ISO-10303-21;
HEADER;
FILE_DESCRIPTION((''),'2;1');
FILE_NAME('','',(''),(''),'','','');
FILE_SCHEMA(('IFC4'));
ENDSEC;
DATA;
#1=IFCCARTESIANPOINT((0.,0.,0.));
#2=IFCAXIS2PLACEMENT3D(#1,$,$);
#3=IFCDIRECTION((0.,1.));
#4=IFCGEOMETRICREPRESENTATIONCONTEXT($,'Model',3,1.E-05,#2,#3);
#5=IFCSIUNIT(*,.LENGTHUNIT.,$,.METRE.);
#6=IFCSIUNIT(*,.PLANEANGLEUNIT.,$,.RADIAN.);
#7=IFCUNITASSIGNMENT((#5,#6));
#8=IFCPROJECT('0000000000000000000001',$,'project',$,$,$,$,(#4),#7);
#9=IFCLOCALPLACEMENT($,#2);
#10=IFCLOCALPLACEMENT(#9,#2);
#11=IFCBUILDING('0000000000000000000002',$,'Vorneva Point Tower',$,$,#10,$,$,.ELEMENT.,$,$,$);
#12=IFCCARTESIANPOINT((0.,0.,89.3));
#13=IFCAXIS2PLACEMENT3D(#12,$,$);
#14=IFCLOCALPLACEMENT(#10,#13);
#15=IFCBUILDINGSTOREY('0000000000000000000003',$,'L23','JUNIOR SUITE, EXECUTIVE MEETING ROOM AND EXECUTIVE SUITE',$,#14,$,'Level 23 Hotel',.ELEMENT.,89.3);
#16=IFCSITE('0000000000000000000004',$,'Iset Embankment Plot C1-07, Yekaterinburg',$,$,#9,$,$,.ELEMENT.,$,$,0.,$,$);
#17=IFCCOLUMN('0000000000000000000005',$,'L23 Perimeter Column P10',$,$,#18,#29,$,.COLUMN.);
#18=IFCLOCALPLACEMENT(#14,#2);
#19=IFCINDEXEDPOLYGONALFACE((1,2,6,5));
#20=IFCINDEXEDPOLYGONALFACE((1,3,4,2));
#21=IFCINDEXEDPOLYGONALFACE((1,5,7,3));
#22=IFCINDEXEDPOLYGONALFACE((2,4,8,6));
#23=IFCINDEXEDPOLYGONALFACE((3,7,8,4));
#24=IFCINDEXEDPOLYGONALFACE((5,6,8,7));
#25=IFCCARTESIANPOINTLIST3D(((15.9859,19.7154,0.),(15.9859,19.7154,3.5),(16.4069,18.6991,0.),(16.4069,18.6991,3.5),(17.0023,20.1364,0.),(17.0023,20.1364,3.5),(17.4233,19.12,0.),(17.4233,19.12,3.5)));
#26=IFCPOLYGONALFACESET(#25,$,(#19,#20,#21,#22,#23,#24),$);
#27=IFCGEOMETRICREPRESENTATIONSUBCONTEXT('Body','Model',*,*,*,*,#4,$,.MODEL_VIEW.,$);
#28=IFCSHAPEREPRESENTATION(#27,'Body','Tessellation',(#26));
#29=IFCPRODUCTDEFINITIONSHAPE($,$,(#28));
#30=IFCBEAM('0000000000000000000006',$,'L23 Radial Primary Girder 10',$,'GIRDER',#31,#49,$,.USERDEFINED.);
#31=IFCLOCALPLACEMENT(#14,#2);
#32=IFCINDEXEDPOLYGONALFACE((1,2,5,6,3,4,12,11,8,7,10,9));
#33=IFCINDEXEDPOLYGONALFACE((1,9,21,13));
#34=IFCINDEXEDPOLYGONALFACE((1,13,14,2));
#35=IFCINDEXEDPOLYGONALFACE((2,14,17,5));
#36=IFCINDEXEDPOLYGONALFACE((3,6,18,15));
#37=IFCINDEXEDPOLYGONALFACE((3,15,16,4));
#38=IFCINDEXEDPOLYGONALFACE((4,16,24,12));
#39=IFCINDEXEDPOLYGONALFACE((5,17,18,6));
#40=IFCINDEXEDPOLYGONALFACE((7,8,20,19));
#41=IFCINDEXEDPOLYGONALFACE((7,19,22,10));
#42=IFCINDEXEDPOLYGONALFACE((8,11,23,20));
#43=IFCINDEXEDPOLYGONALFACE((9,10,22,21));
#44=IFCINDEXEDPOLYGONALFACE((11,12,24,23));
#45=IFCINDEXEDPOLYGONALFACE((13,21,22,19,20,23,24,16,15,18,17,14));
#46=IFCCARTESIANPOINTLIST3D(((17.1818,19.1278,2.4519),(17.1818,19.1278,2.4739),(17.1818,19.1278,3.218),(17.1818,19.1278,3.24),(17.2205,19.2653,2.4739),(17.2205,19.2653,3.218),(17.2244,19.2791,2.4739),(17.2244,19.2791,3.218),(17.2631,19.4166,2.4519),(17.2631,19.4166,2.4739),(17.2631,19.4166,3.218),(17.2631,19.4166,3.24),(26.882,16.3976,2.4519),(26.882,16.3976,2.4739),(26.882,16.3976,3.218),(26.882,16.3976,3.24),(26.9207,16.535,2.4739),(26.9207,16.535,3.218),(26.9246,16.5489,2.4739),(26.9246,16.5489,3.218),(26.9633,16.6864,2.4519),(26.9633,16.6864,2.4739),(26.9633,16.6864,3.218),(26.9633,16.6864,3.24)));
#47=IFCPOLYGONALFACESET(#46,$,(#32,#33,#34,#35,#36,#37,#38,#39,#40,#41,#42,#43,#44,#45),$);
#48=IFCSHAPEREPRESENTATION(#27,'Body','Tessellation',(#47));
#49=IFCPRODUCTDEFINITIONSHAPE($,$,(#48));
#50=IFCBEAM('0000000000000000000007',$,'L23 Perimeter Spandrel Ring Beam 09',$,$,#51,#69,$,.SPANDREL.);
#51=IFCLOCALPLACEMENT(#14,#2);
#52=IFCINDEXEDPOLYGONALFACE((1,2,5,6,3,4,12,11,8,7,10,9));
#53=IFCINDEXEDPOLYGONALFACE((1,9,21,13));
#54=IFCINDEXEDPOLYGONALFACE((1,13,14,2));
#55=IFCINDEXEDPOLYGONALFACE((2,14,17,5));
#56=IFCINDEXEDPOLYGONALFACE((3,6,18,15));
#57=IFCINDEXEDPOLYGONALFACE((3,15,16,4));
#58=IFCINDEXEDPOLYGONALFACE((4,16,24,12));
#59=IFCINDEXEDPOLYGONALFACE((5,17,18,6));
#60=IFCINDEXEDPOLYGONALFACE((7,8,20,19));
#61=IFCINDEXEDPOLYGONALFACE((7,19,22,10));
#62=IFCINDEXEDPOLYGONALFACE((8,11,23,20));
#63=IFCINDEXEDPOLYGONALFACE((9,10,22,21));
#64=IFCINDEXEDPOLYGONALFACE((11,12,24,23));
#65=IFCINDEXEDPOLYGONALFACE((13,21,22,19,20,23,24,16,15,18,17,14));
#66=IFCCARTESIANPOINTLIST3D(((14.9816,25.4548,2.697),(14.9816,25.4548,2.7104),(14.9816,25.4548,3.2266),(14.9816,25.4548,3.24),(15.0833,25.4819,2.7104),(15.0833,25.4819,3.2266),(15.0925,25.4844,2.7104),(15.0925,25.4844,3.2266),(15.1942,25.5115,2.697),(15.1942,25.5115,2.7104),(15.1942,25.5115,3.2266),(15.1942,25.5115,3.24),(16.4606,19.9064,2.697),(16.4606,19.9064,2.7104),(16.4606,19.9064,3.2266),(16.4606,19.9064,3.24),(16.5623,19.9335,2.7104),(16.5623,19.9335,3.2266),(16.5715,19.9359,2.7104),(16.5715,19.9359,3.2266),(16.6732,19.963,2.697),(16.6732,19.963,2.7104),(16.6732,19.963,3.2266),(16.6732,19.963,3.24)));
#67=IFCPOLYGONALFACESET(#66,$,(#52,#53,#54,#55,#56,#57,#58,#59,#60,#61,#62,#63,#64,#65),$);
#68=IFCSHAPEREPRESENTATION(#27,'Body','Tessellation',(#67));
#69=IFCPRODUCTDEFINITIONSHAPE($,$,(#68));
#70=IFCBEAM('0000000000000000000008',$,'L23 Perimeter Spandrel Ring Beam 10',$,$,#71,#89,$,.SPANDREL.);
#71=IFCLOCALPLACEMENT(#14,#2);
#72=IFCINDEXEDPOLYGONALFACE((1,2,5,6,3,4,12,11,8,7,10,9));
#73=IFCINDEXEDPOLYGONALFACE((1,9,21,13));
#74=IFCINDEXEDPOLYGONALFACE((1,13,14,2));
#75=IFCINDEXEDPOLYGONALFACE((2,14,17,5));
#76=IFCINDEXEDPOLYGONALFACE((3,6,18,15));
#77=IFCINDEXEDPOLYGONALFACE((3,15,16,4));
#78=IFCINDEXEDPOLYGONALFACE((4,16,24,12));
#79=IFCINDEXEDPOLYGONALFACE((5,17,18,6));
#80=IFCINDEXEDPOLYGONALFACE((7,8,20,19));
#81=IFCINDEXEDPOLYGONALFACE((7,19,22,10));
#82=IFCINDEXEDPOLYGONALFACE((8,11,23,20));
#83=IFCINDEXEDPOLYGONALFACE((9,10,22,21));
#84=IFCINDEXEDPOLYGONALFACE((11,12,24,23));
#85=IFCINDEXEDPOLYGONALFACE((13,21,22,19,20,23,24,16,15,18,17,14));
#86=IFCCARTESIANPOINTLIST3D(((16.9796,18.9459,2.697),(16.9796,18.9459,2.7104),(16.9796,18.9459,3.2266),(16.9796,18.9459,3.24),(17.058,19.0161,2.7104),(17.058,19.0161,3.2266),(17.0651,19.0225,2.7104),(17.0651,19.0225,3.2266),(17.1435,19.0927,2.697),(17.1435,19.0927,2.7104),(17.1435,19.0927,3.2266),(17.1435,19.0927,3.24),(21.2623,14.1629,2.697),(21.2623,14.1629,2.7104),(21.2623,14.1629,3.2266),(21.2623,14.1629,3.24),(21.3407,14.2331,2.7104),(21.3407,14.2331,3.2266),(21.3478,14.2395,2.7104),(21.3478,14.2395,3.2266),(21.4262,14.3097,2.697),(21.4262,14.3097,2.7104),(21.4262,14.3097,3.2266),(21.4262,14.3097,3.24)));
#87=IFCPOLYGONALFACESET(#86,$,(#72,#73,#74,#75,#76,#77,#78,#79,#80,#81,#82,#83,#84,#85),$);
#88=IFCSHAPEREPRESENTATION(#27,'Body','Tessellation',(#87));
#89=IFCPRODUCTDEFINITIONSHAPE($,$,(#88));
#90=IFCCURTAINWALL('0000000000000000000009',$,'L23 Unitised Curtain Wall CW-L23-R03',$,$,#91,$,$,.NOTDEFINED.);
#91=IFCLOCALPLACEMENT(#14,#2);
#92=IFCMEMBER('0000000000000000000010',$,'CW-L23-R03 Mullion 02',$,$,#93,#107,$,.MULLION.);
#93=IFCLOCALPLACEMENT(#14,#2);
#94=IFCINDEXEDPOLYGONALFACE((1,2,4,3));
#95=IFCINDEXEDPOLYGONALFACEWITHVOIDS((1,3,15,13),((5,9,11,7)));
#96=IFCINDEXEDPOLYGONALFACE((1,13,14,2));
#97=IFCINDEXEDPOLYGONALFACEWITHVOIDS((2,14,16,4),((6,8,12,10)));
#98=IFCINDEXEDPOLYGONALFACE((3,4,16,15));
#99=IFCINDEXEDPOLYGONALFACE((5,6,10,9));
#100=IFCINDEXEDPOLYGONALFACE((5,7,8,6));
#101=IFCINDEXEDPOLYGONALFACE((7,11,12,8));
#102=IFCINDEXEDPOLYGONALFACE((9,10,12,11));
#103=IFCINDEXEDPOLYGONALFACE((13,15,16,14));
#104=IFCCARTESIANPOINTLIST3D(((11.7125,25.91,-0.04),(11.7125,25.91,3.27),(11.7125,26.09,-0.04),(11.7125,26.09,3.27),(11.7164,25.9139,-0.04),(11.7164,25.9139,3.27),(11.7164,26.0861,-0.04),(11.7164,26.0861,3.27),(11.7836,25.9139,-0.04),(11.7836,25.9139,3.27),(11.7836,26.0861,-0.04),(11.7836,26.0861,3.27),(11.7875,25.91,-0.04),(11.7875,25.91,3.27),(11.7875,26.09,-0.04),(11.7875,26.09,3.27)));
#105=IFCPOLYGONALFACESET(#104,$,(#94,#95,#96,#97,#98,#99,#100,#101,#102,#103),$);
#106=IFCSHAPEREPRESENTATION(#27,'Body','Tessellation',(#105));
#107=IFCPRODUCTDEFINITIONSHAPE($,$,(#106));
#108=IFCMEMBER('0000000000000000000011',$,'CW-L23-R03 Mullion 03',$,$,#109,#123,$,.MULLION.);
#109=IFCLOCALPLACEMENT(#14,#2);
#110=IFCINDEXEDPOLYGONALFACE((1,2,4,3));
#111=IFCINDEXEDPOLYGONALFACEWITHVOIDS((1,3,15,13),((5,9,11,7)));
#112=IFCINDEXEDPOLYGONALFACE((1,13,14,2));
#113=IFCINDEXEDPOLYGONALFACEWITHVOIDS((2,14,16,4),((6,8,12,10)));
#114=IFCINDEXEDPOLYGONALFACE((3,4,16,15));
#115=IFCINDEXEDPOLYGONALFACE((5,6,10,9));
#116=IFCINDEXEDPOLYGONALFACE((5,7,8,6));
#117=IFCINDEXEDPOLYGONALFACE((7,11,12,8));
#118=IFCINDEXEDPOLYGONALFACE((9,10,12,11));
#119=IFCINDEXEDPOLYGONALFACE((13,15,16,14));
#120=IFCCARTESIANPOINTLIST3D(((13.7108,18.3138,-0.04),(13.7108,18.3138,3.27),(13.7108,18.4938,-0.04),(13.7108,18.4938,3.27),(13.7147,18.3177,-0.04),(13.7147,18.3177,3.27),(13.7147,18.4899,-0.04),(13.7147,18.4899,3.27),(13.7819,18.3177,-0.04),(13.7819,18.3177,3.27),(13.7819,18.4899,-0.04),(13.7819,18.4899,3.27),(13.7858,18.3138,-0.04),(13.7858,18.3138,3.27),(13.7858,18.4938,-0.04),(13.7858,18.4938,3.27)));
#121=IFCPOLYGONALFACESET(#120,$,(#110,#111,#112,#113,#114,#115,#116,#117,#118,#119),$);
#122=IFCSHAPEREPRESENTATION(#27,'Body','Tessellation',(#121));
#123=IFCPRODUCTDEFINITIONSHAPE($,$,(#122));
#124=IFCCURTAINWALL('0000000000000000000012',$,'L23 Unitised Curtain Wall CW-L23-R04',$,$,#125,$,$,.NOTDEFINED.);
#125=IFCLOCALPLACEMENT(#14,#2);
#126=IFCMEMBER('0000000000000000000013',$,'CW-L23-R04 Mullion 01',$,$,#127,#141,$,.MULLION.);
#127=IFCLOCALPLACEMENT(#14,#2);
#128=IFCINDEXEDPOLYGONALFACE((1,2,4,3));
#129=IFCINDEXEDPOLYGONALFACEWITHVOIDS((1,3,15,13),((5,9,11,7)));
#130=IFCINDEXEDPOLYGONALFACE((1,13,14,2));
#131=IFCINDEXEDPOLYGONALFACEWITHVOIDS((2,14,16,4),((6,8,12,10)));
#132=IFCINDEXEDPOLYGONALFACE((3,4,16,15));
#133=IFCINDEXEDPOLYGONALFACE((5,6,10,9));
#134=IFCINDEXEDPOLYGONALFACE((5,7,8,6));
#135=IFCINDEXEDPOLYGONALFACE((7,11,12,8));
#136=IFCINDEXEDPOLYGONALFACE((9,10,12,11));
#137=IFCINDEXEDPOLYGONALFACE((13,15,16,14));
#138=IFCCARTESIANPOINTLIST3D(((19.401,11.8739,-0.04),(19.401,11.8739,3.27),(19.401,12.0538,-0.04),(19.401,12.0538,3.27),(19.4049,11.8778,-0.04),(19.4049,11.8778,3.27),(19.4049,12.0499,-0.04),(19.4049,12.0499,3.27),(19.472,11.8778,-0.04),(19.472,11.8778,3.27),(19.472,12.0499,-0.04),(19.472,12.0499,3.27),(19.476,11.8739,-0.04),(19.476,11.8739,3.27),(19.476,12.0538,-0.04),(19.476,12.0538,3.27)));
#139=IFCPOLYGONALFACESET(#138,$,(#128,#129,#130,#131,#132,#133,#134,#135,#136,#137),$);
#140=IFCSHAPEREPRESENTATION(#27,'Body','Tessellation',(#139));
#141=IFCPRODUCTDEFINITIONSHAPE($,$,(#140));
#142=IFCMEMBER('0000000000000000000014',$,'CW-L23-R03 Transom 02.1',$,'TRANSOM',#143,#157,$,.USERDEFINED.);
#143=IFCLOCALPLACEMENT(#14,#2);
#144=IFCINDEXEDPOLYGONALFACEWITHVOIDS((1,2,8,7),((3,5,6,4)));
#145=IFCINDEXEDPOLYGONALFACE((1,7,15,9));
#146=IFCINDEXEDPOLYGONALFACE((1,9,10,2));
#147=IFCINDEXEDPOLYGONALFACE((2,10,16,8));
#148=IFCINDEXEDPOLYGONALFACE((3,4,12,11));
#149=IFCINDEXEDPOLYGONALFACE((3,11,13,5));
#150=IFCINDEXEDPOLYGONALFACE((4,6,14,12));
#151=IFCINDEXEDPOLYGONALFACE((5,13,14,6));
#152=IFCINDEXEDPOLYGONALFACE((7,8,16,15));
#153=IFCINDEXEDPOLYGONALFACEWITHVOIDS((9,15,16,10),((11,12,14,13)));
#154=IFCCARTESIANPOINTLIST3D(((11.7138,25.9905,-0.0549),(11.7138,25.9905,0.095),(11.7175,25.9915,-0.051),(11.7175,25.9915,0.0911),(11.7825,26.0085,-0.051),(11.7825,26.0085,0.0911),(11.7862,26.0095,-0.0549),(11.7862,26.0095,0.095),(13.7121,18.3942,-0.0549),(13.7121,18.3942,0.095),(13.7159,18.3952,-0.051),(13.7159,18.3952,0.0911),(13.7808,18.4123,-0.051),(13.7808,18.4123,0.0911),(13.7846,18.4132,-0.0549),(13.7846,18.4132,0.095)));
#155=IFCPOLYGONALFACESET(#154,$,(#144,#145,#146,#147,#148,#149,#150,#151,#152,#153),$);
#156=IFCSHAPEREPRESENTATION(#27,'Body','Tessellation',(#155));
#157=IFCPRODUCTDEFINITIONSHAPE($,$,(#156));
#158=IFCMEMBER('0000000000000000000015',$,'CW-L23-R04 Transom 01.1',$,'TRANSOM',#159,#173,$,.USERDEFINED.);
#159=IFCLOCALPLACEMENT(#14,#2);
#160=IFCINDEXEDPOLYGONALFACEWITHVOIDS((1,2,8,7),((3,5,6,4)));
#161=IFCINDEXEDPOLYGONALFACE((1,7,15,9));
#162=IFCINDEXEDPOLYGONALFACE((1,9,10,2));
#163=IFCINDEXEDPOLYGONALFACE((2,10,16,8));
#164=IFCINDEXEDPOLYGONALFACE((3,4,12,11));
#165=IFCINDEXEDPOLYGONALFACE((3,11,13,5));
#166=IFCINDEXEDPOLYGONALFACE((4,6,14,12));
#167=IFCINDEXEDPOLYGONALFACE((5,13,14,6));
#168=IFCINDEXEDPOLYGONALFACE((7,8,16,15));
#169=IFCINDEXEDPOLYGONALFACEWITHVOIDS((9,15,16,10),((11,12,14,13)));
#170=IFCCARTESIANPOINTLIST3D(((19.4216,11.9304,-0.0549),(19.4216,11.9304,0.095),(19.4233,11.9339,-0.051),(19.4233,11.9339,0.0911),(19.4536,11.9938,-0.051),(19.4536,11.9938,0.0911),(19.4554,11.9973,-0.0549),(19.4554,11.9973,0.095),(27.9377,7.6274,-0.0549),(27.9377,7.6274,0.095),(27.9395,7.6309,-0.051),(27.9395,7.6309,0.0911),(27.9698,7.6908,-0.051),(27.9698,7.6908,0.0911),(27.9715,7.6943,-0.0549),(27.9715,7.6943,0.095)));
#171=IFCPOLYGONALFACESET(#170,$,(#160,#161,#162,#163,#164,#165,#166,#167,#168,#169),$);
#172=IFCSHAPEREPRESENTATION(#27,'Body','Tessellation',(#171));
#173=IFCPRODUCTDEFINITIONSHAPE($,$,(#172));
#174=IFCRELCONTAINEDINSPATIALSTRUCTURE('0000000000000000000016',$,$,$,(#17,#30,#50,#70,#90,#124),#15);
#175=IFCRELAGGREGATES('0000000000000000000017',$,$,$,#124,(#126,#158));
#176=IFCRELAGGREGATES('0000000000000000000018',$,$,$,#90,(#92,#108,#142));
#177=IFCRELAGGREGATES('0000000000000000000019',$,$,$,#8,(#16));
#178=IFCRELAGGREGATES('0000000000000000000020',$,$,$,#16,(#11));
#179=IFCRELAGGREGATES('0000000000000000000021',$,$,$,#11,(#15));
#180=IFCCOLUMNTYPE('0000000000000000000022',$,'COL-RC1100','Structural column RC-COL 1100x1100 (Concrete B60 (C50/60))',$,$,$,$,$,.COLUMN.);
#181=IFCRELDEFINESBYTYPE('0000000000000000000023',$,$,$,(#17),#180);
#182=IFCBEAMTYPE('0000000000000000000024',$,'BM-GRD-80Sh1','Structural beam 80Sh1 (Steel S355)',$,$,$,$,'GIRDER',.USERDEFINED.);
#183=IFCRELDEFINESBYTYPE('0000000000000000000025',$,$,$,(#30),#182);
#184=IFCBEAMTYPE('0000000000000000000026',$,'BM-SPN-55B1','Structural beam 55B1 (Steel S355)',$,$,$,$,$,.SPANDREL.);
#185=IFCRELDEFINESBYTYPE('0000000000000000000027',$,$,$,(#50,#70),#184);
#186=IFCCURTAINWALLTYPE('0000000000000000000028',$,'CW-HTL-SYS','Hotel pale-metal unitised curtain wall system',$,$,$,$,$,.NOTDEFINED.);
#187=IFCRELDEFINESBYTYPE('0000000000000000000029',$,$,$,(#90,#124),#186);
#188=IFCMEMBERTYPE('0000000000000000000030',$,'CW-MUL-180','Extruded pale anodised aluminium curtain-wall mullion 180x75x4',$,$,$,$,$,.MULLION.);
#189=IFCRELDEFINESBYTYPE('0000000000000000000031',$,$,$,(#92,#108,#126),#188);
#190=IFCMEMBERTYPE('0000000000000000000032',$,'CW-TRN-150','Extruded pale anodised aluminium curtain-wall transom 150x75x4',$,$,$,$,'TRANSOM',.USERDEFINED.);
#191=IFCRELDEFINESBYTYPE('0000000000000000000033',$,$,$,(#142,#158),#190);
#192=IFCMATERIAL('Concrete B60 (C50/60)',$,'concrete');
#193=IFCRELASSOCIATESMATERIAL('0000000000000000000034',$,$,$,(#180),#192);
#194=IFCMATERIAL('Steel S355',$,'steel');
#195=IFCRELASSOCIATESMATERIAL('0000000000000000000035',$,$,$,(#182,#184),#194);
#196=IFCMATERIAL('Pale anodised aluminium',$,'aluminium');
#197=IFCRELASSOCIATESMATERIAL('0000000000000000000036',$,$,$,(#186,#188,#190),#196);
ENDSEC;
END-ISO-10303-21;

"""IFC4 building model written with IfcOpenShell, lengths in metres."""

from ifc_helpers import new_model, si_unit, direction, frame, origin, origin_2d, place, context, subcontext, project, spatial, rectangle, hollow_rectangle, i_section, extrude, material, material_profile, profile_set, type_object, element, aggregate, save


model = new_model("IFC4")

# Units and contexts
model_context = context("Model", 3, precision=1e-05, world=origin(), true_north=direction((0.0, 1.0)))
body_context = subcontext(model_context, "Body", "Model", "MODEL_VIEW")
ifc_project = project(units=[si_unit("LENGTHUNIT", "METRE"), si_unit("PLANEANGLEUNIT", "RADIAN")], contexts=[model_context])

# Site, building, storey
site_placement = place(None, origin())
site = spatial("IfcSite", under=ifc_project, at=site_placement, Name="Iset Embankment Plot C1-07, Yekaterinburg", CompositionType="ELEMENT", RefElevation=0.0)
building_placement = place(site_placement, origin())
building = spatial("IfcBuilding", under=site, at=building_placement, Name="Vorneva Point Tower", CompositionType="ELEMENT")
storey_placement = place(building_placement, frame((0.0, 0.0, 89.3)))
storey = spatial("IfcBuildingStorey", under=building, at=storey_placement, Name="L23", Description="JUNIOR SUITE, EXECUTIVE MEETING ROOM AND EXECUTIVE SUITE", LongName="Level 23 Hotel", CompositionType="ELEMENT", Elevation=89.3)

# Column
ifc_material_1 = material(Name="Concrete B60 (C50/60)", Category="concrete")
ifc_material_profile_1 = material_profile(ifc_material_1, rectangle(XDim=1.1001, YDim=1.1001, at=origin_2d()), Name="RC-COL 1100x1100")
ifc_profile_set_1 = profile_set([ifc_material_profile_1], Name="Concrete B60 (C50/60)")
column_type = type_object("IfcColumnType", Name="COL-RC1100", Description="Structural column RC-COL 1100x1100 (Concrete B60 (C50/60))", PredefinedType="COLUMN", material=ifc_profile_set_1)
column_placement = place(storey_placement, frame((16.7046, 19.4177, 0.0), z_axis=(0.0, 0.0, 1.0), x_axis=(-0.92388, -0.382683, 0.0)))
element("IfcColumn", 1, at=column_placement, inside=storey, type_object=column_type, Name="L23 Perimeter Column P10", PredefinedType="COLUMN", context=body_context, shape_type="SweptSolid", body=[
    extrude(rectangle(XDim=1.1001, YDim=1.1001, at=origin_2d()), origin(), (0.0, 0.0, 1.0), 3.5),
])

# Beams
ifc_material_2 = material(Name="Steel S355", Category="steel")
ifc_material_profile_2 = material_profile(ifc_material_2, i_section(OverallWidth=0.3, OverallDepth=0.7881, WebThickness=0.0144, FlangeThickness=0.022, at=origin_2d()), Name="80Sh1")
ifc_profile_set_2 = profile_set([ifc_material_profile_2], Name="Steel S355")
beam_type_1 = type_object("IfcBeamType", Name="BM-GRD-80Sh1", Description="Structural beam 80Sh1 (Steel S355)", ElementType="GIRDER", PredefinedType="USERDEFINED", material=ifc_profile_set_2)
beam_1_placement = place(storey_placement, frame((17.2224, 19.2722, 2.8459), z_axis=(0.962598, -0.270934, 0.0), x_axis=(0.270934, 0.962598, 0.0)))
element("IfcBeam", 2, at=beam_1_placement, inside=storey, type_object=beam_type_1, Name="L23 Radial Primary Girder 10", ObjectType="GIRDER", PredefinedType="USERDEFINED", context=body_context, shape_type="SweptSolid", body=[
    extrude(i_section(OverallWidth=0.3, OverallDepth=0.7881, WebThickness=0.0144, FlangeThickness=0.022, at=origin_2d()), origin(), (0.0, 0.0, 1.0), 10.0771),
])
ifc_material_profile_3 = material_profile(ifc_material_2, i_section(OverallWidth=0.22, OverallDepth=0.543, WebThickness=0.0095, FlangeThickness=0.0134, at=origin_2d()), Name="55B1")
ifc_profile_set_3 = profile_set([ifc_material_profile_3], Name="Steel S355")
beam_type_2 = type_object("IfcBeamType", Name="BM-SPN-55B1", Description="Structural beam 55B1 (Steel S355)", PredefinedType="SPANDREL", material=ifc_profile_set_3)
beam_2_placement = place(storey_placement, frame((15.0879, 25.4832, 2.9685), z_axis=(0.257573, -0.966259, 0.0), x_axis=(0.966259, 0.257573, 0.0)))
element("IfcBeam", 3, at=beam_2_placement, inside=storey, type_object=beam_type_2, Name="L23 Perimeter Spandrel Ring Beam 09", PredefinedType="SPANDREL", context=body_context, shape_type="SweptSolid", body=[
    extrude(i_section(OverallWidth=0.22, OverallDepth=0.543, WebThickness=0.0095, FlangeThickness=0.0134, at=origin_2d()), origin(), (0.0, 0.0, 1.0), 5.7422),
])
beam_3_placement = place(storey_placement, frame((17.0615, 19.0193, 2.9685), z_axis=(0.667074, -0.744992, 0.0), x_axis=(0.744992, 0.667074, 0.0)))
element("IfcBeam", 4, at=beam_3_placement, inside=storey, type_object=beam_type_2, Name="L23 Perimeter Spandrel Ring Beam 10", PredefinedType="SPANDREL", context=body_context, shape_type="SweptSolid", body=[
    extrude(i_section(OverallWidth=0.22, OverallDepth=0.543, WebThickness=0.0095, FlangeThickness=0.0134, at=origin_2d()), origin(), (0.0, 0.0, 1.0), 6.4202),
])

# Curtain wall, members
ifc_material_3 = material(Name="Pale anodised aluminium", Category="aluminium")
curtain_wall_type = type_object("IfcCurtainWallType", Name="CW-HTL-SYS", Description="Hotel pale-metal unitised curtain wall system", PredefinedType="NOTDEFINED", material=ifc_material_3)
curtain_wall_1_placement = place(storey_placement, origin())
curtain_wall_1 = element("IfcCurtainWall", 5, at=curtain_wall_1_placement, inside=storey, type_object=curtain_wall_type, Name="L23 Unitised Curtain Wall CW-L23-R03", PredefinedType="NOTDEFINED")
ifc_material_profile_4 = material_profile(ifc_material_3, hollow_rectangle(XDim=0.075, YDim=0.1799, WallThickness=0.0039, at=origin_2d()), Name="AL-MUL 180x75x4")
ifc_profile_set_4 = profile_set([ifc_material_profile_4], Name="Pale anodised aluminium")
member_type_1 = type_object("IfcMemberType", Name="CW-MUL-180", Description="Extruded pale anodised aluminium curtain-wall mullion 180x75x4", PredefinedType="MULLION", material=ifc_profile_set_4)
member_1_placement = place(storey_placement, frame((11.75, 26.0, -0.04), z_axis=(0.0, 0.0, 1.0), x_axis=(1.0, 0.0, 0.0)))
member_1 = element("IfcMember", 6, at=member_1_placement, type_object=member_type_1, Name="CW-L23-R03 Mullion 02", PredefinedType="MULLION", context=body_context, shape_type="SweptSolid", body=[
    extrude(hollow_rectangle(XDim=0.075, YDim=0.1799, WallThickness=0.0039, at=origin_2d()), origin(), (0.0, 0.0, 1.0), 3.3101),
])
member_2_placement = place(storey_placement, frame((13.7483, 18.4038, -0.04), z_axis=(0.0, 0.0, 1.0), x_axis=(1.0, 0.0, 0.0)))
member_2 = element("IfcMember", 7, at=member_2_placement, type_object=member_type_1, Name="CW-L23-R03 Mullion 03", PredefinedType="MULLION", context=body_context, shape_type="SweptSolid", body=[
    extrude(hollow_rectangle(XDim=0.075, YDim=0.1799, WallThickness=0.0039, at=origin_2d()), origin(), (0.0, 0.0, 1.0), 3.3101),
])

# Curtain wall, member
curtain_wall_2_placement = place(storey_placement, origin())
curtain_wall_2 = element("IfcCurtainWall", 8, at=curtain_wall_2_placement, inside=storey, type_object=curtain_wall_type, Name="L23 Unitised Curtain Wall CW-L23-R04", PredefinedType="NOTDEFINED")
member_3_placement = place(storey_placement, frame((19.4385, 11.9639, -0.04), z_axis=(0.0, 0.0, 1.0), x_axis=(1.0, 0.0, 0.0)))
member_3 = element("IfcMember", 9, at=member_3_placement, type_object=member_type_1, Name="CW-L23-R04 Mullion 01", PredefinedType="MULLION", context=body_context, shape_type="SweptSolid", body=[
    extrude(hollow_rectangle(XDim=0.075, YDim=0.1799, WallThickness=0.0039, at=origin_2d()), origin(), (0.0, 0.0, 1.0), 3.3101),
])

# Members
ifc_material_profile_5 = material_profile(ifc_material_3, hollow_rectangle(XDim=0.075, YDim=0.1499, WallThickness=0.0039, at=origin_2d()), Name="AL-TRN 150x75x4")
ifc_profile_set_5 = profile_set([ifc_material_profile_5], Name="Pale anodised aluminium")
member_type_2 = type_object("IfcMemberType", Name="CW-TRN-150", Description="Extruded pale anodised aluminium curtain-wall transom 150x75x4", ElementType="TRANSOM", PredefinedType="USERDEFINED", material=ifc_profile_set_5)
member_4_placement = place(storey_placement, frame((11.75, 26.0, 0.02), z_axis=(0.254409, -0.967097, 0.0), x_axis=(0.967097, 0.254409, 0.0)))
member_4 = element("IfcMember", 10, at=member_4_placement, type_object=member_type_2, Name="CW-L23-R03 Transom 02.1", ObjectType="TRANSOM", PredefinedType="USERDEFINED", context=body_context, shape_type="SweptSolid", body=[
    extrude(hollow_rectangle(XDim=0.075, YDim=0.1499, WallThickness=0.0039, at=origin_2d()), origin(), (0.0, 0.0, 1.0), 7.8547),
])
member_5_placement = place(storey_placement, frame((19.4385, 11.9639, 0.02), z_axis=(0.892536, -0.450976, 0.0), x_axis=(0.450976, 0.892536, 0.0)))
member_5 = element("IfcMember", 11, at=member_5_placement, type_object=member_type_2, Name="CW-L23-R04 Transom 01.1", ObjectType="TRANSOM", PredefinedType="USERDEFINED", context=body_context, shape_type="SweptSolid", body=[
    extrude(hollow_rectangle(XDim=0.075, YDim=0.1499, WallThickness=0.0039, at=origin_2d()), origin(), (0.0, 0.0, 1.0), 9.5415),
])
aggregate(curtain_wall_2, [member_3, member_5])

aggregate(curtain_wall_1, [member_1, member_2, member_4])

save(model, "model.ifc")
